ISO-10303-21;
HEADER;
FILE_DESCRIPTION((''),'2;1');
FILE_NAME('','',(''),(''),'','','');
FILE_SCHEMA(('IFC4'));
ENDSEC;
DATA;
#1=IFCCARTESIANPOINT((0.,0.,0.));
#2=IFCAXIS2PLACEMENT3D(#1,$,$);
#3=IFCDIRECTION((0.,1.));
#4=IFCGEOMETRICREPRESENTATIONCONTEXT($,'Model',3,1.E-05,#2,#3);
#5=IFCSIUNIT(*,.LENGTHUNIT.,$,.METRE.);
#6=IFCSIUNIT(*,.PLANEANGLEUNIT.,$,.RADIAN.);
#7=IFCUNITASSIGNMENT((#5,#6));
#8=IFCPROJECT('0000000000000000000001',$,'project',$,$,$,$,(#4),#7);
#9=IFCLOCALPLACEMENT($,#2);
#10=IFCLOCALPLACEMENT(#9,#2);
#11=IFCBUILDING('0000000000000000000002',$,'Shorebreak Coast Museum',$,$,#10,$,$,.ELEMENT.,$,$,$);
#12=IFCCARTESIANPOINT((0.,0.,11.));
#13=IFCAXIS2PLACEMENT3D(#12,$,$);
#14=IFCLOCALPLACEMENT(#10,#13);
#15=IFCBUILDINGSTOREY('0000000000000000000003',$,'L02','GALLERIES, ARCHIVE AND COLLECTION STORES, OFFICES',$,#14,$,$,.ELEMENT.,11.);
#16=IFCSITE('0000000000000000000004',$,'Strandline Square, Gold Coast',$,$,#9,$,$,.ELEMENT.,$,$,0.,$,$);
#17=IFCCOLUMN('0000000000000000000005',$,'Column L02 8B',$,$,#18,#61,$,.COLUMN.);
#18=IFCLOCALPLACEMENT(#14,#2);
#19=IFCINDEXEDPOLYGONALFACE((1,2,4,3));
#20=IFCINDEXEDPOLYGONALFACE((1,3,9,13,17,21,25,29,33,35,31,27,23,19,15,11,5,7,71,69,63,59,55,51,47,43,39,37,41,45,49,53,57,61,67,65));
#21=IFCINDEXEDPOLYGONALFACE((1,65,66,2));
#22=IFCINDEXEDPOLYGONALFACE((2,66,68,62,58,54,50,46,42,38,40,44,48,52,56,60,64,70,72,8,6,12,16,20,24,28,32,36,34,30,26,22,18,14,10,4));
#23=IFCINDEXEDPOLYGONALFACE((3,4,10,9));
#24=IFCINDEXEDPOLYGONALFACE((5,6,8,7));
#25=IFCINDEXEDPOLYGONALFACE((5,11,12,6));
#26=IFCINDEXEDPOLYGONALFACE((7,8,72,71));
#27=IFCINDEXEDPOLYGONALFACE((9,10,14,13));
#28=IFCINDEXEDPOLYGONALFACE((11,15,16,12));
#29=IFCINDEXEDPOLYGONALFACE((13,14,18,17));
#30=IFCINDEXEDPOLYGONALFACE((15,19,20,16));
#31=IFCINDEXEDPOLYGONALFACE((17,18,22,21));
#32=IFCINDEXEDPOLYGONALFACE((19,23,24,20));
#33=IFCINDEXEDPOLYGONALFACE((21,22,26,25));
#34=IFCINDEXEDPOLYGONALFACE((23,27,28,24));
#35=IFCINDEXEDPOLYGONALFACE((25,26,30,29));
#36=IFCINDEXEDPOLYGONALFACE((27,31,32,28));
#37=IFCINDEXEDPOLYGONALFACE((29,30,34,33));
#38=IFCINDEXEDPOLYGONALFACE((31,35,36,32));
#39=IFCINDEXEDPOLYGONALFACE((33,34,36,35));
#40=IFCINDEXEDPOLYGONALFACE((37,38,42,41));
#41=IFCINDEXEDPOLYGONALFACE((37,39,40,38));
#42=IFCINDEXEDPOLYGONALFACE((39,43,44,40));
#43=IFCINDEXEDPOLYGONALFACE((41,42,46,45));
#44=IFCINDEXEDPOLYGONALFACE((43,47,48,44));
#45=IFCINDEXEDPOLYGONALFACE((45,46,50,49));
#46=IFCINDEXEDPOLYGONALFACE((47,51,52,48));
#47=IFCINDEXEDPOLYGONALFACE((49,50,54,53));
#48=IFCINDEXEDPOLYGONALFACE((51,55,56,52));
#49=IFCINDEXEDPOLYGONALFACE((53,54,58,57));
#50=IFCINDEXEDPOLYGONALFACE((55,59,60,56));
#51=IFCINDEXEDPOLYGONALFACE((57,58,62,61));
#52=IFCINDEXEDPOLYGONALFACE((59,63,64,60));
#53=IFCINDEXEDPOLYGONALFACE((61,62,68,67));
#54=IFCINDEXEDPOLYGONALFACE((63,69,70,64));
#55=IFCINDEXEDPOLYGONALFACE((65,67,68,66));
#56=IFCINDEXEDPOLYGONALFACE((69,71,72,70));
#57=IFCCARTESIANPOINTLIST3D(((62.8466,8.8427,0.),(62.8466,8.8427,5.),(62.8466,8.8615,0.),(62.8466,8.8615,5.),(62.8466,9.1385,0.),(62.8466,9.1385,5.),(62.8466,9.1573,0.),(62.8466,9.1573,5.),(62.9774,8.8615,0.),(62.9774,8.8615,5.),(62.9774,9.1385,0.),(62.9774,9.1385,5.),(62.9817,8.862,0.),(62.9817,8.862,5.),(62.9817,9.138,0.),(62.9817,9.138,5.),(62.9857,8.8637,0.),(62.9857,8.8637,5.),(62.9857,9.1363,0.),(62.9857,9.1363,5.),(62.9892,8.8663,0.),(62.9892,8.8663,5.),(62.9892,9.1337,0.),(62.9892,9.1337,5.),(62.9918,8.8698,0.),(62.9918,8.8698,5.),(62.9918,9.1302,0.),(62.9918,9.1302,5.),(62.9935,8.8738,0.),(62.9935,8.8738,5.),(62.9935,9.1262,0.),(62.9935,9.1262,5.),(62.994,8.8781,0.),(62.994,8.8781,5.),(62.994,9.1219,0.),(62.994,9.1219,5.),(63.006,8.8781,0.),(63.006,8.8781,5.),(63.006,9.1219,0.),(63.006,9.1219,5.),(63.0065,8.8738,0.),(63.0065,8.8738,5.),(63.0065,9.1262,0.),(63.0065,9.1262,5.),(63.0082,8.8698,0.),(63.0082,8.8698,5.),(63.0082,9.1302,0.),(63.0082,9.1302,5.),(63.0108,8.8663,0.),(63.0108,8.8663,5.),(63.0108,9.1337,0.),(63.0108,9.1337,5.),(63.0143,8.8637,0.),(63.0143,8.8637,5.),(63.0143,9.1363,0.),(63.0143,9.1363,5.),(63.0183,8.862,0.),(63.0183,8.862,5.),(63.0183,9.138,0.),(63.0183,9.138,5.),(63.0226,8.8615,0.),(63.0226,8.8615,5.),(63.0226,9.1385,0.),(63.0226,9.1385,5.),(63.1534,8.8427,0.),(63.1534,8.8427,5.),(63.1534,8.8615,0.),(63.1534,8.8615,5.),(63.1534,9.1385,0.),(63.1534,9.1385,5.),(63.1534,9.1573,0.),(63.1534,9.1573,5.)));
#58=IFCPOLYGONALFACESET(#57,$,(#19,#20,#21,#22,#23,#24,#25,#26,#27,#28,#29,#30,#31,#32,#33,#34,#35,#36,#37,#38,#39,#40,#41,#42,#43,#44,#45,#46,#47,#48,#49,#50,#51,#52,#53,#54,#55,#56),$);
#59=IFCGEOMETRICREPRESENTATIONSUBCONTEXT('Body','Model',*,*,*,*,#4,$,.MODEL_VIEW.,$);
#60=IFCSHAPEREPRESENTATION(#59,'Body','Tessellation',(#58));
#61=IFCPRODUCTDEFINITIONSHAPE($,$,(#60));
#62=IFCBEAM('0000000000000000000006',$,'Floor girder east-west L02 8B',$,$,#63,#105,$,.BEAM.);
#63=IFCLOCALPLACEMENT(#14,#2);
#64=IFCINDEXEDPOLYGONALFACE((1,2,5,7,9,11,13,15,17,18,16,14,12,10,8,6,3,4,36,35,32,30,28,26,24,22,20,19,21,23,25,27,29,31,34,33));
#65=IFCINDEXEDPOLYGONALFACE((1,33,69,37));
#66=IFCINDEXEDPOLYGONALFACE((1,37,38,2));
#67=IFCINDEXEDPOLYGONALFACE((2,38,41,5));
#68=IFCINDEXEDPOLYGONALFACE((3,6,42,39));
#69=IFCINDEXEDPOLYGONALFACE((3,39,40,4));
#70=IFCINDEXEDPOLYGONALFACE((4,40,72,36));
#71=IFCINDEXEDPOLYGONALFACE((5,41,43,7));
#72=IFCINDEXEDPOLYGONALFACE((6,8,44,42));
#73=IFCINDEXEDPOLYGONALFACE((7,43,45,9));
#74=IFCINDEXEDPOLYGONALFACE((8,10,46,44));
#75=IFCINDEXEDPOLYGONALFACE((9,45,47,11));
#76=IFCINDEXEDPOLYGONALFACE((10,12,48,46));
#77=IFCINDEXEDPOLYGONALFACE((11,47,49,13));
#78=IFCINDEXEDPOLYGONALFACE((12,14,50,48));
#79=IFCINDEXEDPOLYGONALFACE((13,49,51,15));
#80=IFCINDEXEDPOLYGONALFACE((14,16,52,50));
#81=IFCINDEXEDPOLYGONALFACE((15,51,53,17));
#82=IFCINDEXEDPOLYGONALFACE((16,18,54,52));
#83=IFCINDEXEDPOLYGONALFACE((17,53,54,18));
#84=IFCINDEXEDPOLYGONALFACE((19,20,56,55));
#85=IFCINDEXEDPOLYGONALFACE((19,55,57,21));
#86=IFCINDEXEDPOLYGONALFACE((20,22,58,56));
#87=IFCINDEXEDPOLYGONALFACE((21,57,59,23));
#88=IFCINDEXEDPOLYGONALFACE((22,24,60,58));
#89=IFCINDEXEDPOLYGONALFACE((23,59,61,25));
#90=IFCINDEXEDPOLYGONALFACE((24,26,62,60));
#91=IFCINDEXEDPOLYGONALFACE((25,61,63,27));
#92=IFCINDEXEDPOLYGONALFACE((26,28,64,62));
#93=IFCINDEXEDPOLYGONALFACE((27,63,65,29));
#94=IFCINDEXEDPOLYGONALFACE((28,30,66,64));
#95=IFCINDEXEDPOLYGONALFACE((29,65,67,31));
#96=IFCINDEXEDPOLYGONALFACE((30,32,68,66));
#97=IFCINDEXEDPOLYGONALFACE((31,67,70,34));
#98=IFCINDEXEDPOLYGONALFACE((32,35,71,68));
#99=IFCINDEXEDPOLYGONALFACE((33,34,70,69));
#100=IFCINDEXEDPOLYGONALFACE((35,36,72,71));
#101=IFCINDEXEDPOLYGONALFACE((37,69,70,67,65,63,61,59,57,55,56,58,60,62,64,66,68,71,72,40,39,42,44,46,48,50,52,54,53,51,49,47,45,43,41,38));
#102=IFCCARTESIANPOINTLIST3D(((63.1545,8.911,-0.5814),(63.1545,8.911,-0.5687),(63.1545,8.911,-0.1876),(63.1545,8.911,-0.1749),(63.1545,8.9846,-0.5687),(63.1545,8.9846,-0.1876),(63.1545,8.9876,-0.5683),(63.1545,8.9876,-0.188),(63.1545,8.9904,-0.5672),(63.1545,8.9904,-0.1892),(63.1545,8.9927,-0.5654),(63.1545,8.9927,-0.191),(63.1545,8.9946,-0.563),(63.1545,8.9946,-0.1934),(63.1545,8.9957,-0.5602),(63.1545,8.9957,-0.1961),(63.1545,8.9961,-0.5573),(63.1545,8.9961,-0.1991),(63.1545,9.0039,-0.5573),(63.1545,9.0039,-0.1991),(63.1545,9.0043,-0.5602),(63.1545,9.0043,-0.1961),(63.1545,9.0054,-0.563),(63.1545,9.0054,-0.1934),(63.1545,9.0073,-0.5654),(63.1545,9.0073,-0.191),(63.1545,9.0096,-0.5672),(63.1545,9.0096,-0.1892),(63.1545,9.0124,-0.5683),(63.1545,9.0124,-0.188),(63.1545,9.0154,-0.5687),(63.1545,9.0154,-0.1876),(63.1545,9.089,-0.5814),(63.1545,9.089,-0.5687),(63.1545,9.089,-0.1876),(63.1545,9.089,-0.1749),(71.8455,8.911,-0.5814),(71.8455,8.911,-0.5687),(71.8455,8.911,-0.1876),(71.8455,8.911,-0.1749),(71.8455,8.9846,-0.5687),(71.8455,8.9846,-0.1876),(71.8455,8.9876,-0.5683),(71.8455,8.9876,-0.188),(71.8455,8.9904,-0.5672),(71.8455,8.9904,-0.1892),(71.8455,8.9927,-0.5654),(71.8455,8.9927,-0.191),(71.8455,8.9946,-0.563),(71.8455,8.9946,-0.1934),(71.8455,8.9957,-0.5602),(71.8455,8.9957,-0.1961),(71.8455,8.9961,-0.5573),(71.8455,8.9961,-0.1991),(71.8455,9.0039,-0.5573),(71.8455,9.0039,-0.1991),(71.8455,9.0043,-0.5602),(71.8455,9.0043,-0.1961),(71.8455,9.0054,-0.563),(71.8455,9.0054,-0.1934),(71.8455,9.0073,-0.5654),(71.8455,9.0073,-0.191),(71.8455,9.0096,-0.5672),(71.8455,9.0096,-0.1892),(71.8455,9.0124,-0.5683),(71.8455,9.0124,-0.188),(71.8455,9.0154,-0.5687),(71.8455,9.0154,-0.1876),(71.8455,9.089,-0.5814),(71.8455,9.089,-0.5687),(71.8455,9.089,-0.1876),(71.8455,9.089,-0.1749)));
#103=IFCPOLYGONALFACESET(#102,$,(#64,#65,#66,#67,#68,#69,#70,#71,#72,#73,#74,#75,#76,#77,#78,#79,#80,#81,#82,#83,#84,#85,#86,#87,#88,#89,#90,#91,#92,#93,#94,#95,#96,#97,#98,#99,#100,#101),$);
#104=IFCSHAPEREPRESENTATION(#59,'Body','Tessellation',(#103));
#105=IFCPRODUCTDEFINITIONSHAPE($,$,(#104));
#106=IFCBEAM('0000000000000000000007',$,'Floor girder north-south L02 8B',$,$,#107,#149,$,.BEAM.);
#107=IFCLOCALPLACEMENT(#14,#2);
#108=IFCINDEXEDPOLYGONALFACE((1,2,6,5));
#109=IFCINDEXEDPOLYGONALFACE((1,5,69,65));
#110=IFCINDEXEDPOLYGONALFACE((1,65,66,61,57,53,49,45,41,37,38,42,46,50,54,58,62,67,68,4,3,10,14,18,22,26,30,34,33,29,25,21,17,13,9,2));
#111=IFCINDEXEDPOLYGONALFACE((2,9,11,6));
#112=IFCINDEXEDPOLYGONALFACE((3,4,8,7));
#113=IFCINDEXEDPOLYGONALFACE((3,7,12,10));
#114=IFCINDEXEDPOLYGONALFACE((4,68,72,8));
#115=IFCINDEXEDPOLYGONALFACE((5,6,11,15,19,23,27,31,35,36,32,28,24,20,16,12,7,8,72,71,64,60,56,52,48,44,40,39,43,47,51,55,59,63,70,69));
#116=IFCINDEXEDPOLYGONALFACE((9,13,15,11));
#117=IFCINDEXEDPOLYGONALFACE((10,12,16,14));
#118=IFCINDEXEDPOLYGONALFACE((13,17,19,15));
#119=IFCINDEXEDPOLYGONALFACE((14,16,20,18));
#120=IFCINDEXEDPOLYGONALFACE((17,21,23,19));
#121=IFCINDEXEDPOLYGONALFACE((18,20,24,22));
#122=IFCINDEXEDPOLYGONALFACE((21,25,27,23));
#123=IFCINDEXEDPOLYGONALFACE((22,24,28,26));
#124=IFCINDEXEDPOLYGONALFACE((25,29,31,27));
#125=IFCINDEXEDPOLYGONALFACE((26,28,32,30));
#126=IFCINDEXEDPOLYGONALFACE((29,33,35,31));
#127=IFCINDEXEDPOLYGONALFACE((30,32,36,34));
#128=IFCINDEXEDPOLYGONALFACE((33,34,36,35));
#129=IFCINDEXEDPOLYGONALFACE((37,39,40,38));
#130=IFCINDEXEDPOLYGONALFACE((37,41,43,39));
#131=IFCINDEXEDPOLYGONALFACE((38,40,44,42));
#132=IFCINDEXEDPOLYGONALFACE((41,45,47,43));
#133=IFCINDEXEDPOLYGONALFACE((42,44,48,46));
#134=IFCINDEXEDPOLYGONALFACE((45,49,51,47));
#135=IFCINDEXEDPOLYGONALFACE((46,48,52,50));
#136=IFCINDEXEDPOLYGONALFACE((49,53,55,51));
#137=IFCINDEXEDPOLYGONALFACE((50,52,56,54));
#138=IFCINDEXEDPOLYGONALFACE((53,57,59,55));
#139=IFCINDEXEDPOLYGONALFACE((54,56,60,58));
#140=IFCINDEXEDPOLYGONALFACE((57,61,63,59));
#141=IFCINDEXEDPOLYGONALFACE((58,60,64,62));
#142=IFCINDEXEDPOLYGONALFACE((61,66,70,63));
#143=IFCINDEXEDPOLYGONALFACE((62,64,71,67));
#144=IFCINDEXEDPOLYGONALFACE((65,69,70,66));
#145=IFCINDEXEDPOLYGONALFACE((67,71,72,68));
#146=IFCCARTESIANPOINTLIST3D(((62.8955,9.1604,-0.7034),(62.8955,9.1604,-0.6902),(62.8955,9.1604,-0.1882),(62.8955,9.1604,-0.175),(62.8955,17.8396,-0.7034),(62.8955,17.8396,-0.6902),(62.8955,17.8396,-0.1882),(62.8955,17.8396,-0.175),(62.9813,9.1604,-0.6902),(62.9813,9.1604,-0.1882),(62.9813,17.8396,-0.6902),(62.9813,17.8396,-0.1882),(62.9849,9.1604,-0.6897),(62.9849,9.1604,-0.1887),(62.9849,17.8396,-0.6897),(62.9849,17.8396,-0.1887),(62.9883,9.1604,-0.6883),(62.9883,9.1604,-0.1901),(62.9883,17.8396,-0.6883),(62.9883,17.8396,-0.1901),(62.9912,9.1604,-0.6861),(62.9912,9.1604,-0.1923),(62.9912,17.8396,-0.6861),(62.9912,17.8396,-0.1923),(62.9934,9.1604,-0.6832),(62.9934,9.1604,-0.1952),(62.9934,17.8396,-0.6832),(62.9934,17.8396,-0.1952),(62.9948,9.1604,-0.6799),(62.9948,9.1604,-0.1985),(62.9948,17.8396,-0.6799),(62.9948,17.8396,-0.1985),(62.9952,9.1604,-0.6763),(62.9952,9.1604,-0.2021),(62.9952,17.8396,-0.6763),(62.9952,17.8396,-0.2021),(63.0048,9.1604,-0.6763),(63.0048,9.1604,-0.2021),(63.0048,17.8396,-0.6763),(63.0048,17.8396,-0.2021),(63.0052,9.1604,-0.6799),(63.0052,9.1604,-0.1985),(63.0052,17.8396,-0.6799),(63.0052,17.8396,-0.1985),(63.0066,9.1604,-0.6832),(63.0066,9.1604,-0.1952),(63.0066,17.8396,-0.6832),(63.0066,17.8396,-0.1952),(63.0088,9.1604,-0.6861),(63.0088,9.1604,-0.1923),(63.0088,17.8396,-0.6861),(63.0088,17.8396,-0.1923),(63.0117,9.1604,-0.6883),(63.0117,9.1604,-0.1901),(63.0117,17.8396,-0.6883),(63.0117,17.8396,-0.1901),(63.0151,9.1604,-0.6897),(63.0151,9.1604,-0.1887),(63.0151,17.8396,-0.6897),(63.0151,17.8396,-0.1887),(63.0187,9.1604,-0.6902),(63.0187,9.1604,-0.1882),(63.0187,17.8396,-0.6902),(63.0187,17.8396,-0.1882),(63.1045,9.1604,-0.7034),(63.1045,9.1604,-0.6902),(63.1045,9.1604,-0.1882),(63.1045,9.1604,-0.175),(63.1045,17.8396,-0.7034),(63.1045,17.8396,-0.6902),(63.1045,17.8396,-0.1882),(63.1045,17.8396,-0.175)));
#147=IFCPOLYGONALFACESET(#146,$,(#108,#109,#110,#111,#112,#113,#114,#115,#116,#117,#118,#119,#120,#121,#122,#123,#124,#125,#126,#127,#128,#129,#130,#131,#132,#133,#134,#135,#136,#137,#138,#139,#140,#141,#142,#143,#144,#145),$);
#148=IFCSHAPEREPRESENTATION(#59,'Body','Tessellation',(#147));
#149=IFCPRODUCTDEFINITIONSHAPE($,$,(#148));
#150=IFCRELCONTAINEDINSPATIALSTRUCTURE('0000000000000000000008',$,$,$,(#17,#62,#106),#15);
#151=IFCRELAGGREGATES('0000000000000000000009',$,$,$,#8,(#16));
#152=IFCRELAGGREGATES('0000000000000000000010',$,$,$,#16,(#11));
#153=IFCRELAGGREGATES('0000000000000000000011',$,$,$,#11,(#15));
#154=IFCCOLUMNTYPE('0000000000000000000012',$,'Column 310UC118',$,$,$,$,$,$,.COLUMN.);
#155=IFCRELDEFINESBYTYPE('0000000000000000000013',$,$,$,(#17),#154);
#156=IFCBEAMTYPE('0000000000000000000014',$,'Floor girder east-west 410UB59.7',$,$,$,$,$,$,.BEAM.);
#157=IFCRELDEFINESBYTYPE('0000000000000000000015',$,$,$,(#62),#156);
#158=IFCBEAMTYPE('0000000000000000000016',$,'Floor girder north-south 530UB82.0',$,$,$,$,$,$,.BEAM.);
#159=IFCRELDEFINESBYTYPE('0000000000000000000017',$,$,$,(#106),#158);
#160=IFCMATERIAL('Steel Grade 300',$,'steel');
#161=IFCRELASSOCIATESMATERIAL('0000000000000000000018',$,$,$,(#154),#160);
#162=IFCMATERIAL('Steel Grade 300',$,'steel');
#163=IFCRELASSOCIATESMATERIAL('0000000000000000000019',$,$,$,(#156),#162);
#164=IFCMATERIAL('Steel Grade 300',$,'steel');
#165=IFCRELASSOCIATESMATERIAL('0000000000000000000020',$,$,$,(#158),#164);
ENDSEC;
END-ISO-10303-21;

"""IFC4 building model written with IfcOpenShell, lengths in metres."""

from ifc_helpers import new_model, si_unit, direction, frame, origin, origin_2d, place, context, subcontext, project, spatial, i_section, extrude, material, material_profile, profile_set, type_object, element, save


model = new_model("IFC4")

# Units and contexts
model_context = context("Model", 3, precision=1e-05, world=origin(), true_north=direction((0.0, 1.0)))
body_context = subcontext(model_context, "Body", "Model", "MODEL_VIEW")
ifc_project = project(units=[si_unit("LENGTHUNIT", "METRE"), si_unit("PLANEANGLEUNIT", "RADIAN")], contexts=[model_context])

# Site, building, storey
site_placement = place(None, origin())
site = spatial("IfcSite", under=ifc_project, at=site_placement, Name="Strandline Square, Gold Coast", CompositionType="ELEMENT", RefElevation=0.0)
building_placement = place(site_placement, origin())
building = spatial("IfcBuilding", under=site, at=building_placement, Name="Shorebreak Coast Museum", CompositionType="ELEMENT")
storey_placement = place(building_placement, frame((0.0, 0.0, 11.0)))
storey = spatial("IfcBuildingStorey", under=building, at=storey_placement, Name="L02", Description="GALLERIES, ARCHIVE AND COLLECTION STORES, OFFICES", CompositionType="ELEMENT", Elevation=11.0)

# Column
ifc_material_1 = material(Name="Steel Grade 300", Category="steel")
ifc_material_profile_1 = material_profile(ifc_material_1, i_section(OverallWidth=0.3069, OverallDepth=0.3147, WebThickness=0.012, FlangeThickness=0.0188, FilletRadius=0.0166, at=origin_2d()), Name="310UC118")
ifc_profile_set_1 = profile_set([ifc_material_profile_1], Name="Steel Grade 300")
column_type = type_object("IfcColumnType", Name="Column 310UC118", PredefinedType="COLUMN", material=ifc_profile_set_1)
column_placement = place(storey_placement, frame((63.0, 9.0, 0.0), z_axis=(0.0, 0.0, 1.0), x_axis=(1.0, 0.0, 0.0)))
element("IfcColumn", 1, at=column_placement, inside=storey, type_object=column_type, Name="Column L02 8B", PredefinedType="COLUMN", context=body_context, shape_type="SweptSolid", body=[
    extrude(i_section(OverallWidth=0.3069, OverallDepth=0.3147, WebThickness=0.012, FlangeThickness=0.0188, FilletRadius=0.0166, at=origin_2d()), origin(), (0.0, 0.0, 1.0), 5.0),
])

# Beams
ifc_material_2 = material(Name="Steel Grade 300", Category="steel")
ifc_material_profile_2 = material_profile(ifc_material_2, i_section(OverallWidth=0.178, OverallDepth=0.4065, WebThickness=0.0078, FlangeThickness=0.0127, FilletRadius=0.0115, at=origin_2d()), Name="410UB59.7")
ifc_profile_set_2 = profile_set([ifc_material_profile_2], Name="Steel Grade 300")
beam_type_1 = type_object("IfcBeamType", Name="Floor girder east-west 410UB59.7", PredefinedType="BEAM", material=ifc_profile_set_2)
beam_1_placement = place(storey_placement, frame((63.1545, 9.0, -0.3782), z_axis=(1.0, 0.0, 0.0), x_axis=(0.0, 1.0, 0.0)))
element("IfcBeam", 2, at=beam_1_placement, inside=storey, type_object=beam_type_1, Name="Floor girder east-west L02 8B", PredefinedType="BEAM", context=body_context, shape_type="SweptSolid", body=[
    extrude(i_section(OverallWidth=0.178, OverallDepth=0.4065, WebThickness=0.0078, FlangeThickness=0.0127, FilletRadius=0.0115, at=origin_2d()), origin(), (0.0, 0.0, 1.0), 8.6909),
])
ifc_material_3 = material(Name="Steel Grade 300", Category="steel")
ifc_material_profile_3 = material_profile(ifc_material_3, i_section(OverallWidth=0.209, OverallDepth=0.5283, WebThickness=0.0095, FlangeThickness=0.0132, FilletRadius=0.0139, at=origin_2d()), Name="530UB82.0")
ifc_profile_set_3 = profile_set([ifc_material_profile_3], Name="Steel Grade 300")
beam_type_2 = type_object("IfcBeamType", Name="Floor girder north-south 530UB82.0", PredefinedType="BEAM", material=ifc_profile_set_3)
beam_2_placement = place(storey_placement, frame((63.0, 9.1604, -0.4392), z_axis=(0.0, 1.0, 0.0), x_axis=(-1.0, 0.0, 0.0)))
element("IfcBeam", 3, at=beam_2_placement, inside=storey, type_object=beam_type_2, Name="Floor girder north-south L02 8B", PredefinedType="BEAM", context=body_context, shape_type="SweptSolid", body=[
    extrude(i_section(OverallWidth=0.209, OverallDepth=0.5283, WebThickness=0.0095, FlangeThickness=0.0132, FilletRadius=0.0139, at=origin_2d()), origin(), (0.0, 0.0, 1.0), 8.6792),
])

save(model, "model.ifc")
